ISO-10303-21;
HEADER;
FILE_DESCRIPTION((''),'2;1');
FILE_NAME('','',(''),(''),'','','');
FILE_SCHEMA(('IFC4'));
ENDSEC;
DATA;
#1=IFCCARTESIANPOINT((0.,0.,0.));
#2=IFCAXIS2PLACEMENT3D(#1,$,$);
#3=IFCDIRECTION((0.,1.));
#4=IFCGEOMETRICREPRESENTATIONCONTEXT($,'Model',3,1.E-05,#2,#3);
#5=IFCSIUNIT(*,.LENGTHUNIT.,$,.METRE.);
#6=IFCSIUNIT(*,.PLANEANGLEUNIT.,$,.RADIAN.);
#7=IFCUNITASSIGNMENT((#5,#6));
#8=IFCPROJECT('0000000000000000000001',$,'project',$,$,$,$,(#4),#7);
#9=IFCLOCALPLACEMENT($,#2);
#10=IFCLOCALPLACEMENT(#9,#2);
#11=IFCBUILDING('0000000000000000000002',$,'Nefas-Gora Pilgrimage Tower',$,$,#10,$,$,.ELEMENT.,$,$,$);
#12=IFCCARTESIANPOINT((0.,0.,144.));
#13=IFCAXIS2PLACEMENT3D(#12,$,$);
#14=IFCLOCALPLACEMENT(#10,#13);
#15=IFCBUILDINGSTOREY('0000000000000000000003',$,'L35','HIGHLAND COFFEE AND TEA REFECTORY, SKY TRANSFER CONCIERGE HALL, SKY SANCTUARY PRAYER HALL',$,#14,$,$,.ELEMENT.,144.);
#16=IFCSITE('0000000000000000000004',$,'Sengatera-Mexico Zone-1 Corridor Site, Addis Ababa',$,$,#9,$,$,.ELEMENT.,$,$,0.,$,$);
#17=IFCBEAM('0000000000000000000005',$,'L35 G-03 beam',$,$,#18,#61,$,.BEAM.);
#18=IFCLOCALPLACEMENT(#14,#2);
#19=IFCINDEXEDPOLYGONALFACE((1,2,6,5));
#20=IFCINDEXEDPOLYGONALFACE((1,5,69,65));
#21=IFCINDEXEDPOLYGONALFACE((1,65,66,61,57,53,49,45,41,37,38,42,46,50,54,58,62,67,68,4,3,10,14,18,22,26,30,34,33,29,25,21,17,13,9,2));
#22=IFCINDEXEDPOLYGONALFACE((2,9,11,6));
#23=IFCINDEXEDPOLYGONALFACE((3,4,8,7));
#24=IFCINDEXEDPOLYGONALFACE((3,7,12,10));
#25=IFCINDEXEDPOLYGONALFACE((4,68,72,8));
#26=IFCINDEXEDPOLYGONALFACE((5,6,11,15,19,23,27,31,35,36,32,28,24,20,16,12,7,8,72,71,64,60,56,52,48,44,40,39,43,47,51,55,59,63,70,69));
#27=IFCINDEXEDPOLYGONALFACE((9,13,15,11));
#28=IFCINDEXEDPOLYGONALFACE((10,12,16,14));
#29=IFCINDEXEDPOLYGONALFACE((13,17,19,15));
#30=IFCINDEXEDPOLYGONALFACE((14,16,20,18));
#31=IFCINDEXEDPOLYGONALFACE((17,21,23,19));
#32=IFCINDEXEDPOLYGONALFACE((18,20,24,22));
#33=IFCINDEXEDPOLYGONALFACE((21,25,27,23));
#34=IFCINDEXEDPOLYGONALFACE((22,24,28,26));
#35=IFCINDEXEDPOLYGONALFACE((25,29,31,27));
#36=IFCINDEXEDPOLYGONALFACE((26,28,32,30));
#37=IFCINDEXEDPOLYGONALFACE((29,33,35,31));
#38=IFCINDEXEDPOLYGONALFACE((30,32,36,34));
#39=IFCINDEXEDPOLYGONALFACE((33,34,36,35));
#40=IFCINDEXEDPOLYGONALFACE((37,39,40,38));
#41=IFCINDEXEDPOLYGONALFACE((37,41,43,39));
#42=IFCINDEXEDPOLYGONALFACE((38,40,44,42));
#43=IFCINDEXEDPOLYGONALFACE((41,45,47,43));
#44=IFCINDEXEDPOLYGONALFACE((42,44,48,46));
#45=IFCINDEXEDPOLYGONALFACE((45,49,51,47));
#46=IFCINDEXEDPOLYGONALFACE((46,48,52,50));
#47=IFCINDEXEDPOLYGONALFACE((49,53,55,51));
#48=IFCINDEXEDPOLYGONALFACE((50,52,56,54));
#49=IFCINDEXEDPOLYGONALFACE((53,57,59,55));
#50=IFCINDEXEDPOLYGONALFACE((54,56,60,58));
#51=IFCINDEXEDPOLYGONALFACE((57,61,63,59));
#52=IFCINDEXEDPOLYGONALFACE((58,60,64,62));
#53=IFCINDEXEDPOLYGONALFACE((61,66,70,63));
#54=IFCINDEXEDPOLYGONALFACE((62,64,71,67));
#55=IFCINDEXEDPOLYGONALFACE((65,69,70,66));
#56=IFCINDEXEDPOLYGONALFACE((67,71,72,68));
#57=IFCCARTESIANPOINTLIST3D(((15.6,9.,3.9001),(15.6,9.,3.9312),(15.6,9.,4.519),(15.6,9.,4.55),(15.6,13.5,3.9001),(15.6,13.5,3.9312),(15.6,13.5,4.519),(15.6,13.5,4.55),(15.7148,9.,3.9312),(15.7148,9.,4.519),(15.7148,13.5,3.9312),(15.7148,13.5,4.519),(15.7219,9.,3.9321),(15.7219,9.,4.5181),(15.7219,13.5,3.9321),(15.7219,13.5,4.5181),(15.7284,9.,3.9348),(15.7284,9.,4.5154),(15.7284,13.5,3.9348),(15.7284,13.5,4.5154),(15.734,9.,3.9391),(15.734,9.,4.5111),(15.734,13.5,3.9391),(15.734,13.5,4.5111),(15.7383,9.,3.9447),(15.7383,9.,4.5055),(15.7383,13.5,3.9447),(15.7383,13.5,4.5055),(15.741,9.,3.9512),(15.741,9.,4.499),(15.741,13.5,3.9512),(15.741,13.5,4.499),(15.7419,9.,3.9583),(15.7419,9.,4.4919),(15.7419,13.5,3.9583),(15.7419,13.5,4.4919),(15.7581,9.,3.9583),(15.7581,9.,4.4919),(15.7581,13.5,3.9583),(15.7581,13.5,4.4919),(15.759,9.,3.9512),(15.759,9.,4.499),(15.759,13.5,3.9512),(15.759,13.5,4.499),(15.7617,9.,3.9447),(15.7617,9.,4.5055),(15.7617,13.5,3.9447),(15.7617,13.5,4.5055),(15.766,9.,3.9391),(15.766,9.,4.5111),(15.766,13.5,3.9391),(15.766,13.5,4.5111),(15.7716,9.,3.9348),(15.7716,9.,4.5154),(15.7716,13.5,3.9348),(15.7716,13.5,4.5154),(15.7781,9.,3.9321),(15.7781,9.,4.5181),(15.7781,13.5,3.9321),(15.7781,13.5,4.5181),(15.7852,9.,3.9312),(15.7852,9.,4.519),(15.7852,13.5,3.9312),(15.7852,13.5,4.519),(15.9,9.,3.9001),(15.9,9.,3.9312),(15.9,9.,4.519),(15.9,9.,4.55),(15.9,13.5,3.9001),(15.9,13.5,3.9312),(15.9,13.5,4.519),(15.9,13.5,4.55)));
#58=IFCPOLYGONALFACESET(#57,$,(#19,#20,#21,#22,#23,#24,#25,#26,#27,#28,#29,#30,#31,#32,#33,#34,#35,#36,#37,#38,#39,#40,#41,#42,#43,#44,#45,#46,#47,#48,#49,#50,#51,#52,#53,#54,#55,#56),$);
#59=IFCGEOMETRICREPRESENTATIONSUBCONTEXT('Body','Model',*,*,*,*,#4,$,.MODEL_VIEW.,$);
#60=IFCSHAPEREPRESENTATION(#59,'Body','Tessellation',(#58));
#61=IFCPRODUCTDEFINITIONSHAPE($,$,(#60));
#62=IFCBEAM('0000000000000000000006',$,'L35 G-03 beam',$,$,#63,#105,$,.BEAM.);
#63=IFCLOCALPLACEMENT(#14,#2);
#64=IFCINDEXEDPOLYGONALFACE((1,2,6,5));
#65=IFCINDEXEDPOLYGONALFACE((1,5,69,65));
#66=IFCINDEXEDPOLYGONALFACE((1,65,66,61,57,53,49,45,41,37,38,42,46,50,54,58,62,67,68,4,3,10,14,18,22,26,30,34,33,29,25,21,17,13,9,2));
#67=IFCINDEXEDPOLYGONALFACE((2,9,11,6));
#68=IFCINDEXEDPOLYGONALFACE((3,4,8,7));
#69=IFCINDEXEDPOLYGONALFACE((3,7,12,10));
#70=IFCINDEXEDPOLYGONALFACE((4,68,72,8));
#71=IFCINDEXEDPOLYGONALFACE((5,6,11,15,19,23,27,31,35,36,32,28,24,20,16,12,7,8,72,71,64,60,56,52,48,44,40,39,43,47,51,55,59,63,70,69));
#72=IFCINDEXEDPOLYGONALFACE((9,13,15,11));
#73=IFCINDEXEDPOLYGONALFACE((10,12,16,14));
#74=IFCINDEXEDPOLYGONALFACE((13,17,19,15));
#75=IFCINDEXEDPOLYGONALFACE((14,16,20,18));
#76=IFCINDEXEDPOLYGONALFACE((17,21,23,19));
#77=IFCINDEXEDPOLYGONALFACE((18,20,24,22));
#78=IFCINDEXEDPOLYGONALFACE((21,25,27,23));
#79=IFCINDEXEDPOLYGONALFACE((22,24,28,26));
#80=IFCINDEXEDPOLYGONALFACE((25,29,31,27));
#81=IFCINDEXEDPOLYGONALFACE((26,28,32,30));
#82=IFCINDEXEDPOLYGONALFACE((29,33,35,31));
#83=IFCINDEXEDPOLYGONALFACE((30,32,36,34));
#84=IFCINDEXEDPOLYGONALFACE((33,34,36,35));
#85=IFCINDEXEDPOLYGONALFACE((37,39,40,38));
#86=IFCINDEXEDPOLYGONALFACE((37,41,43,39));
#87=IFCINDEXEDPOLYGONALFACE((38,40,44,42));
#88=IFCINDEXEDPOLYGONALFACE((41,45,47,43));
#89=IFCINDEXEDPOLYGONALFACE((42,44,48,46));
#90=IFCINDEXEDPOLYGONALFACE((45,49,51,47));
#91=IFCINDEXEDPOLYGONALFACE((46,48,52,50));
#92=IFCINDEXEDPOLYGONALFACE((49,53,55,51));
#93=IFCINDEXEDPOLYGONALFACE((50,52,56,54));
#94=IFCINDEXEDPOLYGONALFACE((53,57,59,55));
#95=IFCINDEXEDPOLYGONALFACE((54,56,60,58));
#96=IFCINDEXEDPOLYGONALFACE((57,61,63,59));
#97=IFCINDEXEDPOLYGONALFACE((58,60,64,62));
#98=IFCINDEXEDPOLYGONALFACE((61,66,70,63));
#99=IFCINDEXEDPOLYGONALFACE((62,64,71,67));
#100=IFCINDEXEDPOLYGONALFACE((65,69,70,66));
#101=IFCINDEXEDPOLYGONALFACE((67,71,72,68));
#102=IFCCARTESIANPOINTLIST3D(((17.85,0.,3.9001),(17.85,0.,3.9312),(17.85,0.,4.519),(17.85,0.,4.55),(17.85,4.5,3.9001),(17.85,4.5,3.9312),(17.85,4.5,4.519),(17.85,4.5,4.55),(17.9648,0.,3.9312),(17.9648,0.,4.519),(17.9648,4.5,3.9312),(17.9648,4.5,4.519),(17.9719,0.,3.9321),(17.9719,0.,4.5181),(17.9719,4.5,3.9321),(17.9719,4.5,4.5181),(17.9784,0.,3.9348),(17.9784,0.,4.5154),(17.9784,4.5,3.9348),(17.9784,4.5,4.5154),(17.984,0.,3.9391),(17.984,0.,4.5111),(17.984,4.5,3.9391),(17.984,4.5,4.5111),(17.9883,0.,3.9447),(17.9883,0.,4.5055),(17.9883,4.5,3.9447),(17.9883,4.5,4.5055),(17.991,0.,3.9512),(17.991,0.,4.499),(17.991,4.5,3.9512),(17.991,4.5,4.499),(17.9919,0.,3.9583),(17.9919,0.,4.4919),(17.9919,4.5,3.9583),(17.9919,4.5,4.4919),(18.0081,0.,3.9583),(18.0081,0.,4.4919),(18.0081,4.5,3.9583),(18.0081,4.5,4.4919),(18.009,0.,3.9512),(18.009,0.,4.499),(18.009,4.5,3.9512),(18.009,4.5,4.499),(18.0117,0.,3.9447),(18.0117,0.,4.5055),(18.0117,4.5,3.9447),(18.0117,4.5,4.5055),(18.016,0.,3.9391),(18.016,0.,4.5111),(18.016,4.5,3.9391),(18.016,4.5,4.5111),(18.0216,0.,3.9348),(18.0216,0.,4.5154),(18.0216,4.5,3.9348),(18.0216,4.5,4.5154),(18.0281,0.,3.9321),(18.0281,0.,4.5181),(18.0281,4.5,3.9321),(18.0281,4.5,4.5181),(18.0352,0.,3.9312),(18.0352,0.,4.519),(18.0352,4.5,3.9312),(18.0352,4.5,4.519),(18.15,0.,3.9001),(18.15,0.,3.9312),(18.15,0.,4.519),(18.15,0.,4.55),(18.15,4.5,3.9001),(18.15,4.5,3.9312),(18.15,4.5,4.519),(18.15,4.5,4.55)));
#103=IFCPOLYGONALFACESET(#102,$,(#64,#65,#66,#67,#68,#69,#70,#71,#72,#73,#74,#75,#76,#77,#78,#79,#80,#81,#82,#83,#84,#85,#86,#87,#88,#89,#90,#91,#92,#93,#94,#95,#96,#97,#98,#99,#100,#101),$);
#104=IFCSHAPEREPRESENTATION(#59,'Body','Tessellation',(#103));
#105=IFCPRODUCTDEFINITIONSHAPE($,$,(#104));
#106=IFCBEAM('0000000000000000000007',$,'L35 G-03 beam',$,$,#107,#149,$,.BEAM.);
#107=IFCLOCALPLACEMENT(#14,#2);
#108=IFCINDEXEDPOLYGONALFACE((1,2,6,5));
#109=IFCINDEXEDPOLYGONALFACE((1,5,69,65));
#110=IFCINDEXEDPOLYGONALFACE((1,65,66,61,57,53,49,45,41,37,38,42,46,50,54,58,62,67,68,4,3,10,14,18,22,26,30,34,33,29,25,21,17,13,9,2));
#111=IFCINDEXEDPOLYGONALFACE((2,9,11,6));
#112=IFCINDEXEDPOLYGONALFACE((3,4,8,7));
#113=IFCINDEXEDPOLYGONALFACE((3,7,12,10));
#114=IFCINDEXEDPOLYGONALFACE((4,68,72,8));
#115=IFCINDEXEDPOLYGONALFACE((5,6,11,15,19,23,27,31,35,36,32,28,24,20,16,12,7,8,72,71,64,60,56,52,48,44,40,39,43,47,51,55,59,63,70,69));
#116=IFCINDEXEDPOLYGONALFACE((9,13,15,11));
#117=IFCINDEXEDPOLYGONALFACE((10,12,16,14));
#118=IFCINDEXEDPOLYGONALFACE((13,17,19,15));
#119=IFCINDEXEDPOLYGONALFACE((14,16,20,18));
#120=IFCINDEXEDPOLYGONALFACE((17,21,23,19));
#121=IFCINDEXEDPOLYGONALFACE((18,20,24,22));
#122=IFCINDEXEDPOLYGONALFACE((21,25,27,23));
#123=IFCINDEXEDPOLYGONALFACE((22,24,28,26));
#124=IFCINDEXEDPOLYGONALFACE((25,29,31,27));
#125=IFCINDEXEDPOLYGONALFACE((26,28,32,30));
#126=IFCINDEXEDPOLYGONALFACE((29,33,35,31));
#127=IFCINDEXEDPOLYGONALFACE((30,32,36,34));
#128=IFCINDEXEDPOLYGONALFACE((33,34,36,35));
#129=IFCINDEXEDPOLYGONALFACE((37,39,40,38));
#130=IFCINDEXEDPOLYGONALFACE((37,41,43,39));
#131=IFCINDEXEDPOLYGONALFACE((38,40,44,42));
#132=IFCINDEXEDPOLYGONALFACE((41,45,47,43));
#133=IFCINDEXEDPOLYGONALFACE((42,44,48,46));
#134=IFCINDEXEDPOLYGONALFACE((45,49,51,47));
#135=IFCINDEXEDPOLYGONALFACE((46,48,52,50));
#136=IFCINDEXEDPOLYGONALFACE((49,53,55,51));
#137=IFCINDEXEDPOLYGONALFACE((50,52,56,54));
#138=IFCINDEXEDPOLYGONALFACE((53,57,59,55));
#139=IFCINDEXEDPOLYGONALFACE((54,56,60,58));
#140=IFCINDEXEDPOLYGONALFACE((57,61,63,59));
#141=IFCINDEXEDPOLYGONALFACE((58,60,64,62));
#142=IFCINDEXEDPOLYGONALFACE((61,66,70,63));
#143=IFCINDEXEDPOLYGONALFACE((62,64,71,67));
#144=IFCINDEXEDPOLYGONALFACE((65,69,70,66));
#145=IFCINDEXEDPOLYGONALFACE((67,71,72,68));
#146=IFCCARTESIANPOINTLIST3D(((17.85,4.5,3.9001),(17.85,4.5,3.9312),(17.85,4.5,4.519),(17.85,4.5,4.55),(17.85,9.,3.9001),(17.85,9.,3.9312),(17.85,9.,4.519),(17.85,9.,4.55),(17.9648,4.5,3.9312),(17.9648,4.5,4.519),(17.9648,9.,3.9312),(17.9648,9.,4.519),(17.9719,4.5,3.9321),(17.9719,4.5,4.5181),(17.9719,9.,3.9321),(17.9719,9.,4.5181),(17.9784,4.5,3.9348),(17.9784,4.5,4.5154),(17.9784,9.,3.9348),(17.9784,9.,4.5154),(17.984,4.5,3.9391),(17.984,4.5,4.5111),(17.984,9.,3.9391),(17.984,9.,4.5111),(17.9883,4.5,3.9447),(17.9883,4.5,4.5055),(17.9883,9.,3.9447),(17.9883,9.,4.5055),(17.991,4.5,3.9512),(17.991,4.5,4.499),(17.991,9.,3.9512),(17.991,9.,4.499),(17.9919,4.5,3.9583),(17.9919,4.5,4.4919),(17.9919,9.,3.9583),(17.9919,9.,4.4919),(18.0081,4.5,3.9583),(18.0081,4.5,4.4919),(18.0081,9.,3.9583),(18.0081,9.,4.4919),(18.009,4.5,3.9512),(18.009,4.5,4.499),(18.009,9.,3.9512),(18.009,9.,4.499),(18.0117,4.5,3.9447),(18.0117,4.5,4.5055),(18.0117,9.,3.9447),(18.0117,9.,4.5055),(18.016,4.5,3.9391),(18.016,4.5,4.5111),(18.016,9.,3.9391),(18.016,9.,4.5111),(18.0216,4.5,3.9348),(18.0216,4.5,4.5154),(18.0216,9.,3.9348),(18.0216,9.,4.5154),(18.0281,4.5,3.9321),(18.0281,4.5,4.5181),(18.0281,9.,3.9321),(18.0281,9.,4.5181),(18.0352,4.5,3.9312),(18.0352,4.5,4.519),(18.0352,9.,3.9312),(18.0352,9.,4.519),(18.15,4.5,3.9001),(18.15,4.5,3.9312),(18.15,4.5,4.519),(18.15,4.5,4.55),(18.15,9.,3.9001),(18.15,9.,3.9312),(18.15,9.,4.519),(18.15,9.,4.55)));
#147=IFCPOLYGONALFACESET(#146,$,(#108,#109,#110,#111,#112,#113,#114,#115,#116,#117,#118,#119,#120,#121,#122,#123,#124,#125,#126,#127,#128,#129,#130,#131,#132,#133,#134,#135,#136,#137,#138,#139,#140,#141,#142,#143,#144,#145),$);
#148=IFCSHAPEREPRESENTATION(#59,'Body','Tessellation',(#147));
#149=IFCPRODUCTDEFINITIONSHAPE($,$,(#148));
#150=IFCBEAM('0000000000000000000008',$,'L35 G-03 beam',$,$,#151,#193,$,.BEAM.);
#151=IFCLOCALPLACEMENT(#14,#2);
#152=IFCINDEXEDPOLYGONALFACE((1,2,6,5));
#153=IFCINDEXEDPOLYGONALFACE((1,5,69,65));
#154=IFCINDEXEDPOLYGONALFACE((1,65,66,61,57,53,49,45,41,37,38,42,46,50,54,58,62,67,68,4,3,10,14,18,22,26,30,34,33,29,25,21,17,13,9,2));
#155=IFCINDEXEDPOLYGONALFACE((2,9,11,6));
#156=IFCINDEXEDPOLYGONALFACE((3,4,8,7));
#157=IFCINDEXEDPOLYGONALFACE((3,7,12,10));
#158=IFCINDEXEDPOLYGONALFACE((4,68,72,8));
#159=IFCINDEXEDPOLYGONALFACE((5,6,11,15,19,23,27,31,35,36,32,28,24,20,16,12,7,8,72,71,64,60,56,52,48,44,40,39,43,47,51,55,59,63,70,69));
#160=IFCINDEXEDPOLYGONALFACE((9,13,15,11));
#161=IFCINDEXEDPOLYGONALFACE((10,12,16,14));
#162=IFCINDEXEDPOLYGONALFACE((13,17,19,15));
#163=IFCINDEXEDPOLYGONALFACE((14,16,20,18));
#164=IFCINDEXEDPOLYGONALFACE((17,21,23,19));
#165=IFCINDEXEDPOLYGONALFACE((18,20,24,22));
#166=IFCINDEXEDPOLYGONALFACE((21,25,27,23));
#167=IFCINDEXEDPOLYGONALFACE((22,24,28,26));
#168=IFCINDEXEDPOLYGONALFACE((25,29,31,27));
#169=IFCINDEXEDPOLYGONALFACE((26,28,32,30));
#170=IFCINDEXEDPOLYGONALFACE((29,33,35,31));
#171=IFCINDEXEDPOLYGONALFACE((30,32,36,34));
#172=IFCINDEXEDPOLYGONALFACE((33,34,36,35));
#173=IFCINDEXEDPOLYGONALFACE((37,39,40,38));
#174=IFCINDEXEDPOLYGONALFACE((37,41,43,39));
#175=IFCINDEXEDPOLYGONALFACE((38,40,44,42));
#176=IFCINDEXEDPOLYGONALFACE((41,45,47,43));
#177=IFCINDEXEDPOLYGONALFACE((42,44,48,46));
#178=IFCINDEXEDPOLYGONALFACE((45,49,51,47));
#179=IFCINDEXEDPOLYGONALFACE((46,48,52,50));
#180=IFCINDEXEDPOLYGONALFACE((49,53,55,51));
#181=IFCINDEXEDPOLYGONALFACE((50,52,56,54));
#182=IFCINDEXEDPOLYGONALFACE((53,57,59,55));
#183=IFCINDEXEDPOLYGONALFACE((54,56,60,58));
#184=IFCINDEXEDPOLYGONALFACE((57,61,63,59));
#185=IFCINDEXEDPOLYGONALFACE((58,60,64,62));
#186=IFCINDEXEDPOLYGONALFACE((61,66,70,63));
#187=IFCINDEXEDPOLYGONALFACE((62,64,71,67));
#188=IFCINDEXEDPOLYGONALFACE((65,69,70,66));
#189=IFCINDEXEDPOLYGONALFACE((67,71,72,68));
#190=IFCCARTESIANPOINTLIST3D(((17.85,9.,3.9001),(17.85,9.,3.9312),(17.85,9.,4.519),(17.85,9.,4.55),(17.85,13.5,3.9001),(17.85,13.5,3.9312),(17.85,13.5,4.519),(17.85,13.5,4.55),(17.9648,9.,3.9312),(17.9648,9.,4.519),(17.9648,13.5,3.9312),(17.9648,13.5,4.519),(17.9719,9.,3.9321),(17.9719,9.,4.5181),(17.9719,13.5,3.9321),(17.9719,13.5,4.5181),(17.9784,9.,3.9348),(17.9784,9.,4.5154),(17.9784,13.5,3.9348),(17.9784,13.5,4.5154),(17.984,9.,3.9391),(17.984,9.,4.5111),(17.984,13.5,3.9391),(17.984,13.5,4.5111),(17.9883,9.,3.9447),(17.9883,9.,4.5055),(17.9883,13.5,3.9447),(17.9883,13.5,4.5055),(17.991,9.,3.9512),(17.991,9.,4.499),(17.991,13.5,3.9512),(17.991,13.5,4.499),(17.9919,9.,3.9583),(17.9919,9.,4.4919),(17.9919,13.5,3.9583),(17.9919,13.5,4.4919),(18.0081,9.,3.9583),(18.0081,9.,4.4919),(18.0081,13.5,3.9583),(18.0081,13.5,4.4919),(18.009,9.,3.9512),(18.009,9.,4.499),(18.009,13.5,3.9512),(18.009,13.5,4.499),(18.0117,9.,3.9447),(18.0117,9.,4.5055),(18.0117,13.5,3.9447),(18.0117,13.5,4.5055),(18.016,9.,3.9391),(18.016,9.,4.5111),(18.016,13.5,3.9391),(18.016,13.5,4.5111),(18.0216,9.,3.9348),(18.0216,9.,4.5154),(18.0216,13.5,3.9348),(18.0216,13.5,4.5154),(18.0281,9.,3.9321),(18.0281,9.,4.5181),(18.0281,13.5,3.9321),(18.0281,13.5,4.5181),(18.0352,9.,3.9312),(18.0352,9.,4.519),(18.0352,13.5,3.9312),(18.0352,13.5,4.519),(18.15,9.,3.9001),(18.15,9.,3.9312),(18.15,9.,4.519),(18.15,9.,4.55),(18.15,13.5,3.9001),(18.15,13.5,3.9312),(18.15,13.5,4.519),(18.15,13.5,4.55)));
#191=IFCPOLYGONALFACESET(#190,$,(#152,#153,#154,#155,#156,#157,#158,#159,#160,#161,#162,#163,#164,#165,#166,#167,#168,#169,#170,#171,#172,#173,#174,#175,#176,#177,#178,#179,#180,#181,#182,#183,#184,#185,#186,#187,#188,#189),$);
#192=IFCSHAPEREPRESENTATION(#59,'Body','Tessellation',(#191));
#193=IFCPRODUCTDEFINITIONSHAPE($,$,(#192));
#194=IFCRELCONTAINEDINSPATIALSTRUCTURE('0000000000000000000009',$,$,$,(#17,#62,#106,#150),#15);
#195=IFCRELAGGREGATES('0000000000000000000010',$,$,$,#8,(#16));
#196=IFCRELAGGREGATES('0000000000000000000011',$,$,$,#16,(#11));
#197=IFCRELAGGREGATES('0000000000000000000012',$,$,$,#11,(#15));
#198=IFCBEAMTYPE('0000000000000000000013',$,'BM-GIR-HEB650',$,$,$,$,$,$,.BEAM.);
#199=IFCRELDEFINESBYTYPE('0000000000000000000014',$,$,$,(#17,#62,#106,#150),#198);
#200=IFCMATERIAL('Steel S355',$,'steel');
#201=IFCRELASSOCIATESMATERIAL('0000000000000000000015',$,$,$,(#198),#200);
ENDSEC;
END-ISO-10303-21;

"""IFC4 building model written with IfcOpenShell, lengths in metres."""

from ifc_helpers import new_model, si_unit, direction, frame, origin, origin_2d, place, context, subcontext, project, spatial, i_section, extrude, source, transform, mapped, material, material_profile, profile_set, type_object, element, save


model = new_model("IFC4")

# Units and contexts
model_context = context("Model", 3, precision=1e-05, world=origin(), true_north=direction((0.0, 1.0)))
body_context = subcontext(model_context, "Body", "Model", "MODEL_VIEW")
ifc_project = project(units=[si_unit("LENGTHUNIT", "METRE"), si_unit("PLANEANGLEUNIT", "RADIAN")], contexts=[model_context])

# Site, building, storey
site_placement = place(None, origin())
site = spatial("IfcSite", under=ifc_project, at=site_placement, Name="Sengatera-Mexico Zone-1 Corridor Site, Addis Ababa", CompositionType="ELEMENT", RefElevation=0.0)
building_placement = place(site_placement, origin())
building = spatial("IfcBuilding", under=site, at=building_placement, Name="Nefas-Gora Pilgrimage Tower", CompositionType="ELEMENT")
storey_placement = place(building_placement, frame((0.0, 0.0, 144.0)))
storey = spatial("IfcBuildingStorey", under=building, at=storey_placement, Name="L35", Description="HIGHLAND COFFEE AND TEA REFECTORY, SKY TRANSFER CONCIERGE HALL, SKY SANCTUARY PRAYER HALL", CompositionType="ELEMENT", Elevation=144.0)

# Beams
ifc_material_1 = material(Name="Steel S355", Category="steel")
ifc_material_profile_1 = material_profile(ifc_material_1, i_section(OverallWidth=0.3, OverallDepth=0.6499, WebThickness=0.0161, FlangeThickness=0.031, FilletRadius=0.0271, at=origin_2d()), Name="HEB 650")
ifc_profile_set_1 = profile_set([ifc_material_profile_1], Name="Steel S355")
beam_type_1 = type_object("IfcBeamType", Name="BM-GIR-HEB650", PredefinedType="BEAM", material=ifc_profile_set_1)
shared_shape_1 = source(origin(), body_context, "Body", "SweptSolid", [
    extrude(i_section(OverallWidth=0.3, OverallDepth=0.6499, WebThickness=0.0161, FlangeThickness=0.031, FilletRadius=0.0271, at=origin_2d()), origin(), (0.0, 0.0, 1.0), 4.5),
])
for number, where, z_axis, x_axis, name in (
    (1, (15.75, 9.0, 4.2251), (0.0, 1.0, 0.0), (-1.0, 0.0, 0.0), "L35 G-03 beam"),
    (2, (18.0, 0.0, 4.2251), (0.0, 1.0, 0.0), (-1.0, 0.0, 0.0), "L35 G-03 beam"),
    (3, (18.0, 4.5, 4.2251), (0.0, 1.0, 0.0), (-1.0, 0.0, 0.0), "L35 G-03 beam"),
    (4, (18.0, 9.0, 4.2251), (0.0, 1.0, 0.0), (-1.0, 0.0, 0.0), "L35 G-03 beam"),
):
    element("IfcBeam", number, at=place(storey_placement, frame(where, z_axis=z_axis, x_axis=x_axis)), inside=storey, type_object=beam_type_1, Name=name, PredefinedType="BEAM", context=body_context, shape_type="MappedRepresentation", body=[
        mapped(shared_shape_1, transform((0.0, 0.0, 0.0), x_axis=(1.0, 0.0, 0.0), y_axis=(0.0, 1.0, 0.0), z_axis=(0.0, 0.0, 1.0), scale=1.0)),
    ])

save(model, "model.ifc")
